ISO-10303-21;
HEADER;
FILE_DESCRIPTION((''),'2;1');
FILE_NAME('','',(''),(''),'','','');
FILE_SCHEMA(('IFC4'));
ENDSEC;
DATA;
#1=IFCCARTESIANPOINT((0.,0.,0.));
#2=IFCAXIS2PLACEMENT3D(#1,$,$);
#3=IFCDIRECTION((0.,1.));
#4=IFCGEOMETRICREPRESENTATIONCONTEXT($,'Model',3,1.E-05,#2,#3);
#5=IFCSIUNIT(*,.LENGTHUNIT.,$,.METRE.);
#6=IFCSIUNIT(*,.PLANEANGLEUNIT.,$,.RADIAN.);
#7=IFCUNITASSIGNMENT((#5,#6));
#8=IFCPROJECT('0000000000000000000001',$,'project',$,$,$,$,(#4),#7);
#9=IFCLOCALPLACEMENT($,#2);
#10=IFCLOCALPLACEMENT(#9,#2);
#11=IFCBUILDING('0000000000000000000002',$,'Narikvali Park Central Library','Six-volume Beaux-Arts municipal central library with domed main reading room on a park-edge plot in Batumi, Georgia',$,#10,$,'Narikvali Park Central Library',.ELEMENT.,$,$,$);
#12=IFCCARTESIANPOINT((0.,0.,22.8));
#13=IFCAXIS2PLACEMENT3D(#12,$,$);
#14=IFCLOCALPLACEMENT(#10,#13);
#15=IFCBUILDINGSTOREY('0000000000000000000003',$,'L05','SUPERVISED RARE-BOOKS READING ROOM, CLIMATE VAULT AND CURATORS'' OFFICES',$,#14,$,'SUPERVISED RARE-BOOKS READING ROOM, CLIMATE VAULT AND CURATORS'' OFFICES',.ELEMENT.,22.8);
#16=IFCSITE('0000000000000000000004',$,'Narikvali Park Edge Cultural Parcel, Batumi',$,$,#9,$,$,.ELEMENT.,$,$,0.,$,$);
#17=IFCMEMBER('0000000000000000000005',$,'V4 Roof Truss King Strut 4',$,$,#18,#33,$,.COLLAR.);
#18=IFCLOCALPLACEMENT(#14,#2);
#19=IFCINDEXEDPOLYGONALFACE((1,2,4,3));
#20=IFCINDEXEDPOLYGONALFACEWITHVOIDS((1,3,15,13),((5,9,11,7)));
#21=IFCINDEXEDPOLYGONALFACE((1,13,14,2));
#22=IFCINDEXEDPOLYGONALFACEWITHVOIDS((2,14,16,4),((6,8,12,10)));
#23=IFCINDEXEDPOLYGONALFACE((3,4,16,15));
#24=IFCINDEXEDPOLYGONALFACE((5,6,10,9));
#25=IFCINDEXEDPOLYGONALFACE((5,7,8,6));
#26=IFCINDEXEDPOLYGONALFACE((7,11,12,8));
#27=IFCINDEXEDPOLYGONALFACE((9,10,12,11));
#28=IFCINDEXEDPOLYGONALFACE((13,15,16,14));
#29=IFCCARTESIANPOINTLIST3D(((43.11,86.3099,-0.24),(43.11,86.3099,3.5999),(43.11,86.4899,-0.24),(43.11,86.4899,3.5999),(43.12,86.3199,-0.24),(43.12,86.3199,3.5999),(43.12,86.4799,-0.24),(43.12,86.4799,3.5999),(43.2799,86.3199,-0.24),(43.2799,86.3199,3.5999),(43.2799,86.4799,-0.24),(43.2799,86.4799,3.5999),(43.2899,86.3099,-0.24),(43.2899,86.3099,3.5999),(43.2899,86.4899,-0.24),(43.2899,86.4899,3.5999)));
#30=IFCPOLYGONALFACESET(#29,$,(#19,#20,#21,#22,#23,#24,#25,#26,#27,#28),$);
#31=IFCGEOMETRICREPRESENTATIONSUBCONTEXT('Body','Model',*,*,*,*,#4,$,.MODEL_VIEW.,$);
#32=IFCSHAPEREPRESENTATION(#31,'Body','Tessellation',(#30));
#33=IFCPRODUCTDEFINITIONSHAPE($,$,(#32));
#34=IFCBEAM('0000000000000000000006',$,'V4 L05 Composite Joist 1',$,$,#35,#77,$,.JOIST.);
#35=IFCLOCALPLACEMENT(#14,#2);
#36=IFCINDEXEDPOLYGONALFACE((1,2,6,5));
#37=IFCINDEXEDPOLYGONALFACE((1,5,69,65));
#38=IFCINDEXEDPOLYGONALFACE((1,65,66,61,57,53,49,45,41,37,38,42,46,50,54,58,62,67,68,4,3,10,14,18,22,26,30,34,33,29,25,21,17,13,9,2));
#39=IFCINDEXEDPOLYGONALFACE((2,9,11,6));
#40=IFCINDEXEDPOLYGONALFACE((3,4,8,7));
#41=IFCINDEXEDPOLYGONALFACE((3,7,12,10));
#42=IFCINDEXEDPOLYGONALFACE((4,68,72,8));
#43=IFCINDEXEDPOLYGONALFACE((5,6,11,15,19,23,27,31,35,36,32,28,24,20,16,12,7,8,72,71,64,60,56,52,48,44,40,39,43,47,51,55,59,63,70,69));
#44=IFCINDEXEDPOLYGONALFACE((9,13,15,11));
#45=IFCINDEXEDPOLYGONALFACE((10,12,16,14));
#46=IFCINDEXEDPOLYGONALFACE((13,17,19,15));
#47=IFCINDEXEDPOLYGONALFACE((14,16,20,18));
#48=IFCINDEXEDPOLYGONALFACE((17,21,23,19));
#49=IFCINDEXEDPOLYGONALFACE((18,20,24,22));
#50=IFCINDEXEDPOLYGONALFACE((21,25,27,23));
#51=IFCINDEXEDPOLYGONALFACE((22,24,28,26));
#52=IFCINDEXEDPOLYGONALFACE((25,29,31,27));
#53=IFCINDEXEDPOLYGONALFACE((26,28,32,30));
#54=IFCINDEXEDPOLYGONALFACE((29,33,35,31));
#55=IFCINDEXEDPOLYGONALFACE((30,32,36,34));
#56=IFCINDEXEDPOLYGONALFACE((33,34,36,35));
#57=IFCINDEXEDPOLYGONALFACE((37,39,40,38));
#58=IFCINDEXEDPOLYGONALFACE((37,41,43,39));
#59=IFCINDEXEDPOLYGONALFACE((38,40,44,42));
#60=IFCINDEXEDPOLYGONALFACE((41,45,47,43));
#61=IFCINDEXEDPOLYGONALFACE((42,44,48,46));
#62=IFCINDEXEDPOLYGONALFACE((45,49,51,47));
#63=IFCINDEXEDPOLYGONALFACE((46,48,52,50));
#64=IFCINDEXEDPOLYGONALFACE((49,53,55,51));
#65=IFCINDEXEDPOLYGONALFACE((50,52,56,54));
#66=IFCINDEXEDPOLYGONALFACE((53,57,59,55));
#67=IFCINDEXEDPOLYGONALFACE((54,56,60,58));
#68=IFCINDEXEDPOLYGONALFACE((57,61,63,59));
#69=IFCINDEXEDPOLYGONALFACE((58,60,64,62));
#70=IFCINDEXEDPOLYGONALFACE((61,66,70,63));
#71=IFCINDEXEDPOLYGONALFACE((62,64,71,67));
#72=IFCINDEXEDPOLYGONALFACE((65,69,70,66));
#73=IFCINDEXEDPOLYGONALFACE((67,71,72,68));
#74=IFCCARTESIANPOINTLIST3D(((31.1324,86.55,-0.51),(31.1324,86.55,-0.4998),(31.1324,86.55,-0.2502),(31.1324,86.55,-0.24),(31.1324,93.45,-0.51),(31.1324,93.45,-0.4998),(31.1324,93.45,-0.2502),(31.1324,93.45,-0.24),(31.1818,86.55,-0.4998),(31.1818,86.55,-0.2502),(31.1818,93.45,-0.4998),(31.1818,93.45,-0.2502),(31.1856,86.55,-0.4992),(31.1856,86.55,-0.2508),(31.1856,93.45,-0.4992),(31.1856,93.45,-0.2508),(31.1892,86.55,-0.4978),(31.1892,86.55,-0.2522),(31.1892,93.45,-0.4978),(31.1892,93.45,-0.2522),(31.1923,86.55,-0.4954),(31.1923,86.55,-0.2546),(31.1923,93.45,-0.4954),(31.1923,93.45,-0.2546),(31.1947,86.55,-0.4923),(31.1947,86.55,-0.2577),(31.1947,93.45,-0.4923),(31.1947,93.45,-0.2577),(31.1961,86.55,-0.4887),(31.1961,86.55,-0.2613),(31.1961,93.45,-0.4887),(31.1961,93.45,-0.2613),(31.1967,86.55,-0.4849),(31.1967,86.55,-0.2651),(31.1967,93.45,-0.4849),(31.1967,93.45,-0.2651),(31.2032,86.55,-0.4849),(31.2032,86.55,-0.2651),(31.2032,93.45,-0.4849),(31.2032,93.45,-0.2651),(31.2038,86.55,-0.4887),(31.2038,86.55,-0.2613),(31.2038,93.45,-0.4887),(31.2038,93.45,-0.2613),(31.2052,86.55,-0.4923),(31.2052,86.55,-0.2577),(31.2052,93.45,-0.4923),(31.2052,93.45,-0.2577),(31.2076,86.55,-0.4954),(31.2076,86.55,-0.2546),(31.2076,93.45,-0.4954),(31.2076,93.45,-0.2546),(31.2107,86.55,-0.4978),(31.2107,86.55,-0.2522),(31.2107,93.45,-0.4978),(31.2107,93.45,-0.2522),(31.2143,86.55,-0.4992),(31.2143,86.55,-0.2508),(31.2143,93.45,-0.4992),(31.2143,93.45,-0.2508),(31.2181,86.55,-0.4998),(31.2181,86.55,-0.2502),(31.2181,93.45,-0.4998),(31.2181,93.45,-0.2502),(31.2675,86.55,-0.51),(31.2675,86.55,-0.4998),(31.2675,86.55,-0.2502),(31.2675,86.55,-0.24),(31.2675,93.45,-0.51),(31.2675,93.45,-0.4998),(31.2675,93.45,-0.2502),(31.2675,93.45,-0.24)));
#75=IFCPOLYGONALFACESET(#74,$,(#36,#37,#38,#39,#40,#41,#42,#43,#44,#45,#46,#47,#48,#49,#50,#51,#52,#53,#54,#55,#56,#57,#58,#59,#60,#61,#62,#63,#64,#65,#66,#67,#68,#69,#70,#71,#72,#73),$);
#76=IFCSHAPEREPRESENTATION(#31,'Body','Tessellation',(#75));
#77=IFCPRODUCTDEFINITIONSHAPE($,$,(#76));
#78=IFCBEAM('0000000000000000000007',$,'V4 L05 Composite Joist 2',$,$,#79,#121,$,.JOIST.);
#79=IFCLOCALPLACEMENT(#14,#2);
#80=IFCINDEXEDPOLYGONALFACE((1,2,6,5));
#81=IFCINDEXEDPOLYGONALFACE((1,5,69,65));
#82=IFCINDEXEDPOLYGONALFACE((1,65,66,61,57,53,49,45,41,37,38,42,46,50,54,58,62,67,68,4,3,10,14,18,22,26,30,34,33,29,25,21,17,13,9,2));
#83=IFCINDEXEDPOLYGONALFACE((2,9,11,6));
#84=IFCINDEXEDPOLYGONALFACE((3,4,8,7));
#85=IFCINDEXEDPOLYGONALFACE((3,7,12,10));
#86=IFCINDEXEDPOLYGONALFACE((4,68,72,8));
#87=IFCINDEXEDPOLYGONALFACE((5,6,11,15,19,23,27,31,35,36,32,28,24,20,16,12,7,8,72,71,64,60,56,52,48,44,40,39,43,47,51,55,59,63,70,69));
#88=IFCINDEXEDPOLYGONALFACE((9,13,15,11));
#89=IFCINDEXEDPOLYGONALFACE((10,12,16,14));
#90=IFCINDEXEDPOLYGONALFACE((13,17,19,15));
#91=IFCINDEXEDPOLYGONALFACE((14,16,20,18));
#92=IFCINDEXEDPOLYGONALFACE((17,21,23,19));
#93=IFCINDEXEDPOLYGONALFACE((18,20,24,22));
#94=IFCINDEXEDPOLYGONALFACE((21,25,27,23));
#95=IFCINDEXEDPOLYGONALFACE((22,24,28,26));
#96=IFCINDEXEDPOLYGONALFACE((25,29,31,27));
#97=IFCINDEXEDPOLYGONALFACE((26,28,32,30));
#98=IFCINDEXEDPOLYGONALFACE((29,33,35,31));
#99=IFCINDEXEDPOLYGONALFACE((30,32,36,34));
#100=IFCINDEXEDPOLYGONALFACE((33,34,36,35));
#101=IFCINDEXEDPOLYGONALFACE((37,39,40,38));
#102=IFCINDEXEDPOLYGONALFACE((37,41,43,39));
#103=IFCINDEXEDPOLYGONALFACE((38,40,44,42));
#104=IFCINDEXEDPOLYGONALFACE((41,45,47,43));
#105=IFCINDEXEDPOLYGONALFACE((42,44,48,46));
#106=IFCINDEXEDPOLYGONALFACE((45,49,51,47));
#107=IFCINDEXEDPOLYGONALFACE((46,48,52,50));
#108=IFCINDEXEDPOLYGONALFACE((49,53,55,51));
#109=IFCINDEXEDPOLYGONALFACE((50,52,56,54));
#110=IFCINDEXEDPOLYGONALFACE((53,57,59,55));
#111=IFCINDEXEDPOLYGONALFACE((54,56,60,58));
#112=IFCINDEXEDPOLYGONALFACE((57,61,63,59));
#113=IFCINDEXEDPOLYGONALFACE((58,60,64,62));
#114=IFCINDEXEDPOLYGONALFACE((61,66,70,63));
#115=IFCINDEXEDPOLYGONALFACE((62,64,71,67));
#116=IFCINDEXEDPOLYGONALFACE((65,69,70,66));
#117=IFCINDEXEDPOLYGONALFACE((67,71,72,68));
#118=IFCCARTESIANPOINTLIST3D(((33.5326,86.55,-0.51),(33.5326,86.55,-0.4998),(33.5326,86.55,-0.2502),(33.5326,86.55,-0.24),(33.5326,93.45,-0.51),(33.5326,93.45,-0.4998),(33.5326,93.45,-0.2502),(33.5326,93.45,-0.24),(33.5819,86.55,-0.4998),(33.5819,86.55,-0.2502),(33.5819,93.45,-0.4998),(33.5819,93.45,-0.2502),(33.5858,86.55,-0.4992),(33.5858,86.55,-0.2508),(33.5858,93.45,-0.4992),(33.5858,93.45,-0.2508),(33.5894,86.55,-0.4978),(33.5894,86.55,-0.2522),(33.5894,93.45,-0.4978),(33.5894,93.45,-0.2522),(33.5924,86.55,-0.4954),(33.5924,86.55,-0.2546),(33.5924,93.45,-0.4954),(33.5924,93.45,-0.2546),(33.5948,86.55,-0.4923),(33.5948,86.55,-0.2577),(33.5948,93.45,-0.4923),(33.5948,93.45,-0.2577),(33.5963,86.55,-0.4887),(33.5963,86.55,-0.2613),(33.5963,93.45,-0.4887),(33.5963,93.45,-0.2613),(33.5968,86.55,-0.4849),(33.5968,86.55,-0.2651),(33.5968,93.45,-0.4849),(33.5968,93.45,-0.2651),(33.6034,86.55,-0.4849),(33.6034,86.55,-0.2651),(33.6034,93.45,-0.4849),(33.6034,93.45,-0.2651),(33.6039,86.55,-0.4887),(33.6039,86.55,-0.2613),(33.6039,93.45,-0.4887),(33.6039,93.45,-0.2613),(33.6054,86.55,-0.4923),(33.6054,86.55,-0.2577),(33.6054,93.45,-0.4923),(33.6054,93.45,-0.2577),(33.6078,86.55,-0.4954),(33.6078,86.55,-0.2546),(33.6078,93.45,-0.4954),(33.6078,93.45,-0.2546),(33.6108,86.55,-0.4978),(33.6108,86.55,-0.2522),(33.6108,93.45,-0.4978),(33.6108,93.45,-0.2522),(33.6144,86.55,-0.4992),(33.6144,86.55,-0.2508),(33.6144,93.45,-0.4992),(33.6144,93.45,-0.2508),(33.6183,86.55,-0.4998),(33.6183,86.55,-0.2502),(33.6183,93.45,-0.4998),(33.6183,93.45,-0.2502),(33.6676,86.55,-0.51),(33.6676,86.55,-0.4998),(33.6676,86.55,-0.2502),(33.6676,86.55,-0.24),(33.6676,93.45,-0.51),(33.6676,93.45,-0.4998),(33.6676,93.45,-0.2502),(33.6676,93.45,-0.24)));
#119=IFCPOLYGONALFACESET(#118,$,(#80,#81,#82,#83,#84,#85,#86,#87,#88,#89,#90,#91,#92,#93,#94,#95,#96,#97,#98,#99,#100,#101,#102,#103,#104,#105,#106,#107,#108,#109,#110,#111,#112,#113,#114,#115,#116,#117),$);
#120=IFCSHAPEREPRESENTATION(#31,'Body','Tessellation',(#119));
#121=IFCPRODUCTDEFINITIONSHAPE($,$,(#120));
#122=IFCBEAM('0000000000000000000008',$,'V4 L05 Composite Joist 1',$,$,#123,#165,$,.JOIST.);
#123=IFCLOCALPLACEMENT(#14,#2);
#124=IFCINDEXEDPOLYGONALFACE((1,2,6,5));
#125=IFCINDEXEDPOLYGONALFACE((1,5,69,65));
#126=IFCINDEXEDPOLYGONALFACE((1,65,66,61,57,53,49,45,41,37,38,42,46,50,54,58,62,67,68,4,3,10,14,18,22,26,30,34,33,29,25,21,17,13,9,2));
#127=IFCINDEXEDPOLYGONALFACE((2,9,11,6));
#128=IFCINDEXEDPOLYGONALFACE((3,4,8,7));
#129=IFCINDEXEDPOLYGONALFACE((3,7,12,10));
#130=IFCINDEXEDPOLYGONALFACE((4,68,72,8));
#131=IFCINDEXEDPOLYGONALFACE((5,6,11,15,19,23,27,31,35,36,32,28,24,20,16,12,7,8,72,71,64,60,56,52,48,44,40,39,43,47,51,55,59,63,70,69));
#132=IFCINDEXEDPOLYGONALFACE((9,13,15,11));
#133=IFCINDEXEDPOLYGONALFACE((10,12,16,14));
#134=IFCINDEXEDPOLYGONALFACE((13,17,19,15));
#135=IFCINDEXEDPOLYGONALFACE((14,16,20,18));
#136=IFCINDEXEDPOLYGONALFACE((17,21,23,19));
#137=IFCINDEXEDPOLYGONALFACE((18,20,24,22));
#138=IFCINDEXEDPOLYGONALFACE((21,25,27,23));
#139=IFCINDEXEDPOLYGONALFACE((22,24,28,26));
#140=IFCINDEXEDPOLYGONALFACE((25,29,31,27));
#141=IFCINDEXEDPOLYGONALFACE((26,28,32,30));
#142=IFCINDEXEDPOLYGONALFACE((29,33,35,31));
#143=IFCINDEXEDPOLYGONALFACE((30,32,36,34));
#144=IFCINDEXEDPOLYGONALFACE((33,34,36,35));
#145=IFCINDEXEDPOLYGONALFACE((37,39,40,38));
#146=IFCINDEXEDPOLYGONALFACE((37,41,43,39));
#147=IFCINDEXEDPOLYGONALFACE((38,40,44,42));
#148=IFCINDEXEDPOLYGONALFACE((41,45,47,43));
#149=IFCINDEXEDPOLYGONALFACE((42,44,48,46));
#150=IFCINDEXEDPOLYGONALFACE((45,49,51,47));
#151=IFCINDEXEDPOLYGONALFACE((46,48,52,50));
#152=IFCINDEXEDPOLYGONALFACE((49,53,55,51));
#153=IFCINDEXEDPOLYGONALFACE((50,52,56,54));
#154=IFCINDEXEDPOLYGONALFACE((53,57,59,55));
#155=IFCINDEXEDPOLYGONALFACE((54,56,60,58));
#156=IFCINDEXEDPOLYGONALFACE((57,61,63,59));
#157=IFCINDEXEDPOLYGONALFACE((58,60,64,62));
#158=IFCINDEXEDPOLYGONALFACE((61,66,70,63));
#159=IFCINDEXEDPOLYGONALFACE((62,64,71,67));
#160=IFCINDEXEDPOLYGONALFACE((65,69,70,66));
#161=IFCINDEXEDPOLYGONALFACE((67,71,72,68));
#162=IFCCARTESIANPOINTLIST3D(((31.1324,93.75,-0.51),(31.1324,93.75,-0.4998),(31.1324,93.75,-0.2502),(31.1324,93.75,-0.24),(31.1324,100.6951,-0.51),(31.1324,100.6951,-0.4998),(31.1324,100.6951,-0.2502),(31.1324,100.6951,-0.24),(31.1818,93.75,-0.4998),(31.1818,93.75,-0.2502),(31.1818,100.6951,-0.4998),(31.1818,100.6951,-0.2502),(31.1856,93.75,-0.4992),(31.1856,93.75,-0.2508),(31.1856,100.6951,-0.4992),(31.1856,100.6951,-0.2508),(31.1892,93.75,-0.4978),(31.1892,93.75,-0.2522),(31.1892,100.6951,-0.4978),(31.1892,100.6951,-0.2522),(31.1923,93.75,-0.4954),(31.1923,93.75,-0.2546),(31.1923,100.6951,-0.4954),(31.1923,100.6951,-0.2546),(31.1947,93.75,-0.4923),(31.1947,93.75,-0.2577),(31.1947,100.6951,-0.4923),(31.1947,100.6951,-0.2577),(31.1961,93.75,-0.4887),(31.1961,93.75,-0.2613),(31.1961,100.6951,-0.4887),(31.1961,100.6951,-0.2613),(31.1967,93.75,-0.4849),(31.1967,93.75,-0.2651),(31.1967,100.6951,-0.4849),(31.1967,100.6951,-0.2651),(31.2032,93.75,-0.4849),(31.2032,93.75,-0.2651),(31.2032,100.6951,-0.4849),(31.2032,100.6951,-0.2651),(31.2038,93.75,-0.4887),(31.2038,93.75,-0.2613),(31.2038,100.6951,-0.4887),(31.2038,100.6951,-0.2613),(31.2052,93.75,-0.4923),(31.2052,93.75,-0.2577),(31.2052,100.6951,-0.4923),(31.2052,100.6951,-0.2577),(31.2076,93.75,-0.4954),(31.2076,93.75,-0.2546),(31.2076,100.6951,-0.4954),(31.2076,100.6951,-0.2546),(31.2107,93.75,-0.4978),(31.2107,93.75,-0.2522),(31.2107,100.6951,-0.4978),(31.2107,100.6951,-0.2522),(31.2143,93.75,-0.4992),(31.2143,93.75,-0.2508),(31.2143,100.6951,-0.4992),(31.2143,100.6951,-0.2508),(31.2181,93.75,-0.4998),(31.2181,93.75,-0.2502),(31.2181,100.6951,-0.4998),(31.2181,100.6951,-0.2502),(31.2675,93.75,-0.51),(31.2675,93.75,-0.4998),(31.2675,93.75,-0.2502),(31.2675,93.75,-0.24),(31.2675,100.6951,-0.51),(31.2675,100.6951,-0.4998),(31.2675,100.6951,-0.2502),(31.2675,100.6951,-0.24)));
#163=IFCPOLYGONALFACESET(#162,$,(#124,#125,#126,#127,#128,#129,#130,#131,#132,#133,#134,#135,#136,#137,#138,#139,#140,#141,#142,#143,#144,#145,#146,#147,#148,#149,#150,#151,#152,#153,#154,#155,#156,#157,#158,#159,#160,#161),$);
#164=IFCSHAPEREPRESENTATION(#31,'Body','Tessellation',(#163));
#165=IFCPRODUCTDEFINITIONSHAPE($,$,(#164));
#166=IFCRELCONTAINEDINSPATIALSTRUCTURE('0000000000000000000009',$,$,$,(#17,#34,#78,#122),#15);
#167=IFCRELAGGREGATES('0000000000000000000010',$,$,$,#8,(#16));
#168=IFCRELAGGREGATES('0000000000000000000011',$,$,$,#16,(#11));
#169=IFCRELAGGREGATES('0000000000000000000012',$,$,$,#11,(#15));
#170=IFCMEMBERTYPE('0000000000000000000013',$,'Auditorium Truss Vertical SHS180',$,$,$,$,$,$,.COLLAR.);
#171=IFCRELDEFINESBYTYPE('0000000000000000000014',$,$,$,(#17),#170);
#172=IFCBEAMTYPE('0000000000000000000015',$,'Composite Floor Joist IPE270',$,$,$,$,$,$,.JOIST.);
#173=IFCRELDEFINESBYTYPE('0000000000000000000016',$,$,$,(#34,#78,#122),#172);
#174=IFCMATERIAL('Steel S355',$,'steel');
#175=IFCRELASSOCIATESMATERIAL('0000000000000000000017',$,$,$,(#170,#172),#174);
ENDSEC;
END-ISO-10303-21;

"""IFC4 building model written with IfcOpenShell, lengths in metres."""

from ifc_helpers import new_model, si_unit, direction, frame, origin, origin_2d, place, context, subcontext, project, spatial, hollow_rectangle, i_section, extrude, material, material_profile, profile_set, type_object, element, save


model = new_model("IFC4")

# Units and contexts
model_context = context("Model", 3, precision=1e-05, world=origin(), true_north=direction((0.0, 1.0)))
body_context = subcontext(model_context, "Body", "Model", "MODEL_VIEW")
ifc_project = project(units=[si_unit("LENGTHUNIT", "METRE"), si_unit("PLANEANGLEUNIT", "RADIAN")], contexts=[model_context])

# Site, building, storey
site_placement = place(None, origin())
site = spatial("IfcSite", under=ifc_project, at=site_placement, Name="Narikvali Park Edge Cultural Parcel, Batumi", CompositionType="ELEMENT", RefElevation=0.0)
building_placement = place(site_placement, origin())
building = spatial("IfcBuilding", under=site, at=building_placement, Name="Narikvali Park Central Library", Description="Six-volume Beaux-Arts municipal central library with domed main reading room on a park-edge plot in Batumi, Georgia", LongName="Narikvali Park Central Library", CompositionType="ELEMENT")
storey_placement = place(building_placement, frame((0.0, 0.0, 22.8)))
storey = spatial("IfcBuildingStorey", under=building, at=storey_placement, Name="L05", Description="SUPERVISED RARE-BOOKS READING ROOM, CLIMATE VAULT AND CURATORS' OFFICES", LongName="SUPERVISED RARE-BOOKS READING ROOM, CLIMATE VAULT AND CURATORS' OFFICES", CompositionType="ELEMENT", Elevation=22.8)

# Member
ifc_material_1 = material(Name="Steel S355", Category="steel")
ifc_material_profile_1 = material_profile(ifc_material_1, hollow_rectangle(XDim=0.1799, YDim=0.1799, WallThickness=0.01, at=origin_2d()), Name="SHS 180x180x10")
ifc_profile_set_1 = profile_set([ifc_material_profile_1], Name="Steel S355")
member_type_1 = type_object("IfcMemberType", Name="Auditorium Truss Vertical SHS180", PredefinedType="COLLAR", material=ifc_profile_set_1)
member_1_placement = place(storey_placement, frame((43.2, 86.3999, -0.24), z_axis=(0.0, 0.0, 1.0), x_axis=(1.0, 0.0, 0.0)))
element("IfcMember", 1, at=member_1_placement, inside=storey, type_object=member_type_1, Name="V4 Roof Truss King Strut 4", PredefinedType="COLLAR", context=body_context, shape_type="SweptSolid", body=[
    extrude(hollow_rectangle(XDim=0.1799, YDim=0.1799, WallThickness=0.01, at=origin_2d()), origin(), (0.0, 0.0, 1.0), 3.8398),
])

# Beams
ifc_material_profile_2 = material_profile(ifc_material_1, i_section(OverallWidth=0.135, OverallDepth=0.27, WebThickness=0.0066, FlangeThickness=0.0103, FilletRadius=0.0149, at=origin_2d()), Name="IPE 270")
ifc_profile_set_2 = profile_set([ifc_material_profile_2], Name="Steel S355")
beam_type_1 = type_object("IfcBeamType", Name="Composite Floor Joist IPE270", PredefinedType="JOIST", material=ifc_profile_set_2)
for number, where, z_axis, x_axis, name in (
    (2, (31.2, 86.55, -0.375), (0.0, 1.0, 0.0), (-1.0, 0.0, 0.0), "V4 L05 Composite Joist 1"),
    (3, (33.6001, 86.55, -0.375), (0.0, 1.0, 0.0), (-1.0, 0.0, 0.0), "V4 L05 Composite Joist 2"),
):
    element("IfcBeam", number, at=place(storey_placement, frame(where, z_axis=z_axis, x_axis=x_axis)), inside=storey, type_object=beam_type_1, Name=name, PredefinedType="JOIST", context=body_context, shape_type="SweptSolid", body=[
        extrude(i_section(OverallWidth=0.135, OverallDepth=0.27, WebThickness=0.0066, FlangeThickness=0.0103, FilletRadius=0.0149, at=origin_2d()), origin(), (0.0, 0.0, 1.0), 6.8999),
    ])
for number, where, z_axis, x_axis, name in (
    (4, (31.2, 93.75, -0.375), (0.0, 1.0, 0.0), (-1.0, 0.0, 0.0), "V4 L05 Composite Joist 1"),
):
    element("IfcBeam", number, at=place(storey_placement, frame(where, z_axis=z_axis, x_axis=x_axis)), inside=storey, type_object=beam_type_1, Name=name, PredefinedType="JOIST", context=body_context, shape_type="SweptSolid", body=[
        extrude(i_section(OverallWidth=0.135, OverallDepth=0.27, WebThickness=0.0066, FlangeThickness=0.0103, FilletRadius=0.0149, at=origin_2d()), origin(), (0.0, 0.0, 1.0), 6.9451),
    ])

save(model, "model.ifc")
